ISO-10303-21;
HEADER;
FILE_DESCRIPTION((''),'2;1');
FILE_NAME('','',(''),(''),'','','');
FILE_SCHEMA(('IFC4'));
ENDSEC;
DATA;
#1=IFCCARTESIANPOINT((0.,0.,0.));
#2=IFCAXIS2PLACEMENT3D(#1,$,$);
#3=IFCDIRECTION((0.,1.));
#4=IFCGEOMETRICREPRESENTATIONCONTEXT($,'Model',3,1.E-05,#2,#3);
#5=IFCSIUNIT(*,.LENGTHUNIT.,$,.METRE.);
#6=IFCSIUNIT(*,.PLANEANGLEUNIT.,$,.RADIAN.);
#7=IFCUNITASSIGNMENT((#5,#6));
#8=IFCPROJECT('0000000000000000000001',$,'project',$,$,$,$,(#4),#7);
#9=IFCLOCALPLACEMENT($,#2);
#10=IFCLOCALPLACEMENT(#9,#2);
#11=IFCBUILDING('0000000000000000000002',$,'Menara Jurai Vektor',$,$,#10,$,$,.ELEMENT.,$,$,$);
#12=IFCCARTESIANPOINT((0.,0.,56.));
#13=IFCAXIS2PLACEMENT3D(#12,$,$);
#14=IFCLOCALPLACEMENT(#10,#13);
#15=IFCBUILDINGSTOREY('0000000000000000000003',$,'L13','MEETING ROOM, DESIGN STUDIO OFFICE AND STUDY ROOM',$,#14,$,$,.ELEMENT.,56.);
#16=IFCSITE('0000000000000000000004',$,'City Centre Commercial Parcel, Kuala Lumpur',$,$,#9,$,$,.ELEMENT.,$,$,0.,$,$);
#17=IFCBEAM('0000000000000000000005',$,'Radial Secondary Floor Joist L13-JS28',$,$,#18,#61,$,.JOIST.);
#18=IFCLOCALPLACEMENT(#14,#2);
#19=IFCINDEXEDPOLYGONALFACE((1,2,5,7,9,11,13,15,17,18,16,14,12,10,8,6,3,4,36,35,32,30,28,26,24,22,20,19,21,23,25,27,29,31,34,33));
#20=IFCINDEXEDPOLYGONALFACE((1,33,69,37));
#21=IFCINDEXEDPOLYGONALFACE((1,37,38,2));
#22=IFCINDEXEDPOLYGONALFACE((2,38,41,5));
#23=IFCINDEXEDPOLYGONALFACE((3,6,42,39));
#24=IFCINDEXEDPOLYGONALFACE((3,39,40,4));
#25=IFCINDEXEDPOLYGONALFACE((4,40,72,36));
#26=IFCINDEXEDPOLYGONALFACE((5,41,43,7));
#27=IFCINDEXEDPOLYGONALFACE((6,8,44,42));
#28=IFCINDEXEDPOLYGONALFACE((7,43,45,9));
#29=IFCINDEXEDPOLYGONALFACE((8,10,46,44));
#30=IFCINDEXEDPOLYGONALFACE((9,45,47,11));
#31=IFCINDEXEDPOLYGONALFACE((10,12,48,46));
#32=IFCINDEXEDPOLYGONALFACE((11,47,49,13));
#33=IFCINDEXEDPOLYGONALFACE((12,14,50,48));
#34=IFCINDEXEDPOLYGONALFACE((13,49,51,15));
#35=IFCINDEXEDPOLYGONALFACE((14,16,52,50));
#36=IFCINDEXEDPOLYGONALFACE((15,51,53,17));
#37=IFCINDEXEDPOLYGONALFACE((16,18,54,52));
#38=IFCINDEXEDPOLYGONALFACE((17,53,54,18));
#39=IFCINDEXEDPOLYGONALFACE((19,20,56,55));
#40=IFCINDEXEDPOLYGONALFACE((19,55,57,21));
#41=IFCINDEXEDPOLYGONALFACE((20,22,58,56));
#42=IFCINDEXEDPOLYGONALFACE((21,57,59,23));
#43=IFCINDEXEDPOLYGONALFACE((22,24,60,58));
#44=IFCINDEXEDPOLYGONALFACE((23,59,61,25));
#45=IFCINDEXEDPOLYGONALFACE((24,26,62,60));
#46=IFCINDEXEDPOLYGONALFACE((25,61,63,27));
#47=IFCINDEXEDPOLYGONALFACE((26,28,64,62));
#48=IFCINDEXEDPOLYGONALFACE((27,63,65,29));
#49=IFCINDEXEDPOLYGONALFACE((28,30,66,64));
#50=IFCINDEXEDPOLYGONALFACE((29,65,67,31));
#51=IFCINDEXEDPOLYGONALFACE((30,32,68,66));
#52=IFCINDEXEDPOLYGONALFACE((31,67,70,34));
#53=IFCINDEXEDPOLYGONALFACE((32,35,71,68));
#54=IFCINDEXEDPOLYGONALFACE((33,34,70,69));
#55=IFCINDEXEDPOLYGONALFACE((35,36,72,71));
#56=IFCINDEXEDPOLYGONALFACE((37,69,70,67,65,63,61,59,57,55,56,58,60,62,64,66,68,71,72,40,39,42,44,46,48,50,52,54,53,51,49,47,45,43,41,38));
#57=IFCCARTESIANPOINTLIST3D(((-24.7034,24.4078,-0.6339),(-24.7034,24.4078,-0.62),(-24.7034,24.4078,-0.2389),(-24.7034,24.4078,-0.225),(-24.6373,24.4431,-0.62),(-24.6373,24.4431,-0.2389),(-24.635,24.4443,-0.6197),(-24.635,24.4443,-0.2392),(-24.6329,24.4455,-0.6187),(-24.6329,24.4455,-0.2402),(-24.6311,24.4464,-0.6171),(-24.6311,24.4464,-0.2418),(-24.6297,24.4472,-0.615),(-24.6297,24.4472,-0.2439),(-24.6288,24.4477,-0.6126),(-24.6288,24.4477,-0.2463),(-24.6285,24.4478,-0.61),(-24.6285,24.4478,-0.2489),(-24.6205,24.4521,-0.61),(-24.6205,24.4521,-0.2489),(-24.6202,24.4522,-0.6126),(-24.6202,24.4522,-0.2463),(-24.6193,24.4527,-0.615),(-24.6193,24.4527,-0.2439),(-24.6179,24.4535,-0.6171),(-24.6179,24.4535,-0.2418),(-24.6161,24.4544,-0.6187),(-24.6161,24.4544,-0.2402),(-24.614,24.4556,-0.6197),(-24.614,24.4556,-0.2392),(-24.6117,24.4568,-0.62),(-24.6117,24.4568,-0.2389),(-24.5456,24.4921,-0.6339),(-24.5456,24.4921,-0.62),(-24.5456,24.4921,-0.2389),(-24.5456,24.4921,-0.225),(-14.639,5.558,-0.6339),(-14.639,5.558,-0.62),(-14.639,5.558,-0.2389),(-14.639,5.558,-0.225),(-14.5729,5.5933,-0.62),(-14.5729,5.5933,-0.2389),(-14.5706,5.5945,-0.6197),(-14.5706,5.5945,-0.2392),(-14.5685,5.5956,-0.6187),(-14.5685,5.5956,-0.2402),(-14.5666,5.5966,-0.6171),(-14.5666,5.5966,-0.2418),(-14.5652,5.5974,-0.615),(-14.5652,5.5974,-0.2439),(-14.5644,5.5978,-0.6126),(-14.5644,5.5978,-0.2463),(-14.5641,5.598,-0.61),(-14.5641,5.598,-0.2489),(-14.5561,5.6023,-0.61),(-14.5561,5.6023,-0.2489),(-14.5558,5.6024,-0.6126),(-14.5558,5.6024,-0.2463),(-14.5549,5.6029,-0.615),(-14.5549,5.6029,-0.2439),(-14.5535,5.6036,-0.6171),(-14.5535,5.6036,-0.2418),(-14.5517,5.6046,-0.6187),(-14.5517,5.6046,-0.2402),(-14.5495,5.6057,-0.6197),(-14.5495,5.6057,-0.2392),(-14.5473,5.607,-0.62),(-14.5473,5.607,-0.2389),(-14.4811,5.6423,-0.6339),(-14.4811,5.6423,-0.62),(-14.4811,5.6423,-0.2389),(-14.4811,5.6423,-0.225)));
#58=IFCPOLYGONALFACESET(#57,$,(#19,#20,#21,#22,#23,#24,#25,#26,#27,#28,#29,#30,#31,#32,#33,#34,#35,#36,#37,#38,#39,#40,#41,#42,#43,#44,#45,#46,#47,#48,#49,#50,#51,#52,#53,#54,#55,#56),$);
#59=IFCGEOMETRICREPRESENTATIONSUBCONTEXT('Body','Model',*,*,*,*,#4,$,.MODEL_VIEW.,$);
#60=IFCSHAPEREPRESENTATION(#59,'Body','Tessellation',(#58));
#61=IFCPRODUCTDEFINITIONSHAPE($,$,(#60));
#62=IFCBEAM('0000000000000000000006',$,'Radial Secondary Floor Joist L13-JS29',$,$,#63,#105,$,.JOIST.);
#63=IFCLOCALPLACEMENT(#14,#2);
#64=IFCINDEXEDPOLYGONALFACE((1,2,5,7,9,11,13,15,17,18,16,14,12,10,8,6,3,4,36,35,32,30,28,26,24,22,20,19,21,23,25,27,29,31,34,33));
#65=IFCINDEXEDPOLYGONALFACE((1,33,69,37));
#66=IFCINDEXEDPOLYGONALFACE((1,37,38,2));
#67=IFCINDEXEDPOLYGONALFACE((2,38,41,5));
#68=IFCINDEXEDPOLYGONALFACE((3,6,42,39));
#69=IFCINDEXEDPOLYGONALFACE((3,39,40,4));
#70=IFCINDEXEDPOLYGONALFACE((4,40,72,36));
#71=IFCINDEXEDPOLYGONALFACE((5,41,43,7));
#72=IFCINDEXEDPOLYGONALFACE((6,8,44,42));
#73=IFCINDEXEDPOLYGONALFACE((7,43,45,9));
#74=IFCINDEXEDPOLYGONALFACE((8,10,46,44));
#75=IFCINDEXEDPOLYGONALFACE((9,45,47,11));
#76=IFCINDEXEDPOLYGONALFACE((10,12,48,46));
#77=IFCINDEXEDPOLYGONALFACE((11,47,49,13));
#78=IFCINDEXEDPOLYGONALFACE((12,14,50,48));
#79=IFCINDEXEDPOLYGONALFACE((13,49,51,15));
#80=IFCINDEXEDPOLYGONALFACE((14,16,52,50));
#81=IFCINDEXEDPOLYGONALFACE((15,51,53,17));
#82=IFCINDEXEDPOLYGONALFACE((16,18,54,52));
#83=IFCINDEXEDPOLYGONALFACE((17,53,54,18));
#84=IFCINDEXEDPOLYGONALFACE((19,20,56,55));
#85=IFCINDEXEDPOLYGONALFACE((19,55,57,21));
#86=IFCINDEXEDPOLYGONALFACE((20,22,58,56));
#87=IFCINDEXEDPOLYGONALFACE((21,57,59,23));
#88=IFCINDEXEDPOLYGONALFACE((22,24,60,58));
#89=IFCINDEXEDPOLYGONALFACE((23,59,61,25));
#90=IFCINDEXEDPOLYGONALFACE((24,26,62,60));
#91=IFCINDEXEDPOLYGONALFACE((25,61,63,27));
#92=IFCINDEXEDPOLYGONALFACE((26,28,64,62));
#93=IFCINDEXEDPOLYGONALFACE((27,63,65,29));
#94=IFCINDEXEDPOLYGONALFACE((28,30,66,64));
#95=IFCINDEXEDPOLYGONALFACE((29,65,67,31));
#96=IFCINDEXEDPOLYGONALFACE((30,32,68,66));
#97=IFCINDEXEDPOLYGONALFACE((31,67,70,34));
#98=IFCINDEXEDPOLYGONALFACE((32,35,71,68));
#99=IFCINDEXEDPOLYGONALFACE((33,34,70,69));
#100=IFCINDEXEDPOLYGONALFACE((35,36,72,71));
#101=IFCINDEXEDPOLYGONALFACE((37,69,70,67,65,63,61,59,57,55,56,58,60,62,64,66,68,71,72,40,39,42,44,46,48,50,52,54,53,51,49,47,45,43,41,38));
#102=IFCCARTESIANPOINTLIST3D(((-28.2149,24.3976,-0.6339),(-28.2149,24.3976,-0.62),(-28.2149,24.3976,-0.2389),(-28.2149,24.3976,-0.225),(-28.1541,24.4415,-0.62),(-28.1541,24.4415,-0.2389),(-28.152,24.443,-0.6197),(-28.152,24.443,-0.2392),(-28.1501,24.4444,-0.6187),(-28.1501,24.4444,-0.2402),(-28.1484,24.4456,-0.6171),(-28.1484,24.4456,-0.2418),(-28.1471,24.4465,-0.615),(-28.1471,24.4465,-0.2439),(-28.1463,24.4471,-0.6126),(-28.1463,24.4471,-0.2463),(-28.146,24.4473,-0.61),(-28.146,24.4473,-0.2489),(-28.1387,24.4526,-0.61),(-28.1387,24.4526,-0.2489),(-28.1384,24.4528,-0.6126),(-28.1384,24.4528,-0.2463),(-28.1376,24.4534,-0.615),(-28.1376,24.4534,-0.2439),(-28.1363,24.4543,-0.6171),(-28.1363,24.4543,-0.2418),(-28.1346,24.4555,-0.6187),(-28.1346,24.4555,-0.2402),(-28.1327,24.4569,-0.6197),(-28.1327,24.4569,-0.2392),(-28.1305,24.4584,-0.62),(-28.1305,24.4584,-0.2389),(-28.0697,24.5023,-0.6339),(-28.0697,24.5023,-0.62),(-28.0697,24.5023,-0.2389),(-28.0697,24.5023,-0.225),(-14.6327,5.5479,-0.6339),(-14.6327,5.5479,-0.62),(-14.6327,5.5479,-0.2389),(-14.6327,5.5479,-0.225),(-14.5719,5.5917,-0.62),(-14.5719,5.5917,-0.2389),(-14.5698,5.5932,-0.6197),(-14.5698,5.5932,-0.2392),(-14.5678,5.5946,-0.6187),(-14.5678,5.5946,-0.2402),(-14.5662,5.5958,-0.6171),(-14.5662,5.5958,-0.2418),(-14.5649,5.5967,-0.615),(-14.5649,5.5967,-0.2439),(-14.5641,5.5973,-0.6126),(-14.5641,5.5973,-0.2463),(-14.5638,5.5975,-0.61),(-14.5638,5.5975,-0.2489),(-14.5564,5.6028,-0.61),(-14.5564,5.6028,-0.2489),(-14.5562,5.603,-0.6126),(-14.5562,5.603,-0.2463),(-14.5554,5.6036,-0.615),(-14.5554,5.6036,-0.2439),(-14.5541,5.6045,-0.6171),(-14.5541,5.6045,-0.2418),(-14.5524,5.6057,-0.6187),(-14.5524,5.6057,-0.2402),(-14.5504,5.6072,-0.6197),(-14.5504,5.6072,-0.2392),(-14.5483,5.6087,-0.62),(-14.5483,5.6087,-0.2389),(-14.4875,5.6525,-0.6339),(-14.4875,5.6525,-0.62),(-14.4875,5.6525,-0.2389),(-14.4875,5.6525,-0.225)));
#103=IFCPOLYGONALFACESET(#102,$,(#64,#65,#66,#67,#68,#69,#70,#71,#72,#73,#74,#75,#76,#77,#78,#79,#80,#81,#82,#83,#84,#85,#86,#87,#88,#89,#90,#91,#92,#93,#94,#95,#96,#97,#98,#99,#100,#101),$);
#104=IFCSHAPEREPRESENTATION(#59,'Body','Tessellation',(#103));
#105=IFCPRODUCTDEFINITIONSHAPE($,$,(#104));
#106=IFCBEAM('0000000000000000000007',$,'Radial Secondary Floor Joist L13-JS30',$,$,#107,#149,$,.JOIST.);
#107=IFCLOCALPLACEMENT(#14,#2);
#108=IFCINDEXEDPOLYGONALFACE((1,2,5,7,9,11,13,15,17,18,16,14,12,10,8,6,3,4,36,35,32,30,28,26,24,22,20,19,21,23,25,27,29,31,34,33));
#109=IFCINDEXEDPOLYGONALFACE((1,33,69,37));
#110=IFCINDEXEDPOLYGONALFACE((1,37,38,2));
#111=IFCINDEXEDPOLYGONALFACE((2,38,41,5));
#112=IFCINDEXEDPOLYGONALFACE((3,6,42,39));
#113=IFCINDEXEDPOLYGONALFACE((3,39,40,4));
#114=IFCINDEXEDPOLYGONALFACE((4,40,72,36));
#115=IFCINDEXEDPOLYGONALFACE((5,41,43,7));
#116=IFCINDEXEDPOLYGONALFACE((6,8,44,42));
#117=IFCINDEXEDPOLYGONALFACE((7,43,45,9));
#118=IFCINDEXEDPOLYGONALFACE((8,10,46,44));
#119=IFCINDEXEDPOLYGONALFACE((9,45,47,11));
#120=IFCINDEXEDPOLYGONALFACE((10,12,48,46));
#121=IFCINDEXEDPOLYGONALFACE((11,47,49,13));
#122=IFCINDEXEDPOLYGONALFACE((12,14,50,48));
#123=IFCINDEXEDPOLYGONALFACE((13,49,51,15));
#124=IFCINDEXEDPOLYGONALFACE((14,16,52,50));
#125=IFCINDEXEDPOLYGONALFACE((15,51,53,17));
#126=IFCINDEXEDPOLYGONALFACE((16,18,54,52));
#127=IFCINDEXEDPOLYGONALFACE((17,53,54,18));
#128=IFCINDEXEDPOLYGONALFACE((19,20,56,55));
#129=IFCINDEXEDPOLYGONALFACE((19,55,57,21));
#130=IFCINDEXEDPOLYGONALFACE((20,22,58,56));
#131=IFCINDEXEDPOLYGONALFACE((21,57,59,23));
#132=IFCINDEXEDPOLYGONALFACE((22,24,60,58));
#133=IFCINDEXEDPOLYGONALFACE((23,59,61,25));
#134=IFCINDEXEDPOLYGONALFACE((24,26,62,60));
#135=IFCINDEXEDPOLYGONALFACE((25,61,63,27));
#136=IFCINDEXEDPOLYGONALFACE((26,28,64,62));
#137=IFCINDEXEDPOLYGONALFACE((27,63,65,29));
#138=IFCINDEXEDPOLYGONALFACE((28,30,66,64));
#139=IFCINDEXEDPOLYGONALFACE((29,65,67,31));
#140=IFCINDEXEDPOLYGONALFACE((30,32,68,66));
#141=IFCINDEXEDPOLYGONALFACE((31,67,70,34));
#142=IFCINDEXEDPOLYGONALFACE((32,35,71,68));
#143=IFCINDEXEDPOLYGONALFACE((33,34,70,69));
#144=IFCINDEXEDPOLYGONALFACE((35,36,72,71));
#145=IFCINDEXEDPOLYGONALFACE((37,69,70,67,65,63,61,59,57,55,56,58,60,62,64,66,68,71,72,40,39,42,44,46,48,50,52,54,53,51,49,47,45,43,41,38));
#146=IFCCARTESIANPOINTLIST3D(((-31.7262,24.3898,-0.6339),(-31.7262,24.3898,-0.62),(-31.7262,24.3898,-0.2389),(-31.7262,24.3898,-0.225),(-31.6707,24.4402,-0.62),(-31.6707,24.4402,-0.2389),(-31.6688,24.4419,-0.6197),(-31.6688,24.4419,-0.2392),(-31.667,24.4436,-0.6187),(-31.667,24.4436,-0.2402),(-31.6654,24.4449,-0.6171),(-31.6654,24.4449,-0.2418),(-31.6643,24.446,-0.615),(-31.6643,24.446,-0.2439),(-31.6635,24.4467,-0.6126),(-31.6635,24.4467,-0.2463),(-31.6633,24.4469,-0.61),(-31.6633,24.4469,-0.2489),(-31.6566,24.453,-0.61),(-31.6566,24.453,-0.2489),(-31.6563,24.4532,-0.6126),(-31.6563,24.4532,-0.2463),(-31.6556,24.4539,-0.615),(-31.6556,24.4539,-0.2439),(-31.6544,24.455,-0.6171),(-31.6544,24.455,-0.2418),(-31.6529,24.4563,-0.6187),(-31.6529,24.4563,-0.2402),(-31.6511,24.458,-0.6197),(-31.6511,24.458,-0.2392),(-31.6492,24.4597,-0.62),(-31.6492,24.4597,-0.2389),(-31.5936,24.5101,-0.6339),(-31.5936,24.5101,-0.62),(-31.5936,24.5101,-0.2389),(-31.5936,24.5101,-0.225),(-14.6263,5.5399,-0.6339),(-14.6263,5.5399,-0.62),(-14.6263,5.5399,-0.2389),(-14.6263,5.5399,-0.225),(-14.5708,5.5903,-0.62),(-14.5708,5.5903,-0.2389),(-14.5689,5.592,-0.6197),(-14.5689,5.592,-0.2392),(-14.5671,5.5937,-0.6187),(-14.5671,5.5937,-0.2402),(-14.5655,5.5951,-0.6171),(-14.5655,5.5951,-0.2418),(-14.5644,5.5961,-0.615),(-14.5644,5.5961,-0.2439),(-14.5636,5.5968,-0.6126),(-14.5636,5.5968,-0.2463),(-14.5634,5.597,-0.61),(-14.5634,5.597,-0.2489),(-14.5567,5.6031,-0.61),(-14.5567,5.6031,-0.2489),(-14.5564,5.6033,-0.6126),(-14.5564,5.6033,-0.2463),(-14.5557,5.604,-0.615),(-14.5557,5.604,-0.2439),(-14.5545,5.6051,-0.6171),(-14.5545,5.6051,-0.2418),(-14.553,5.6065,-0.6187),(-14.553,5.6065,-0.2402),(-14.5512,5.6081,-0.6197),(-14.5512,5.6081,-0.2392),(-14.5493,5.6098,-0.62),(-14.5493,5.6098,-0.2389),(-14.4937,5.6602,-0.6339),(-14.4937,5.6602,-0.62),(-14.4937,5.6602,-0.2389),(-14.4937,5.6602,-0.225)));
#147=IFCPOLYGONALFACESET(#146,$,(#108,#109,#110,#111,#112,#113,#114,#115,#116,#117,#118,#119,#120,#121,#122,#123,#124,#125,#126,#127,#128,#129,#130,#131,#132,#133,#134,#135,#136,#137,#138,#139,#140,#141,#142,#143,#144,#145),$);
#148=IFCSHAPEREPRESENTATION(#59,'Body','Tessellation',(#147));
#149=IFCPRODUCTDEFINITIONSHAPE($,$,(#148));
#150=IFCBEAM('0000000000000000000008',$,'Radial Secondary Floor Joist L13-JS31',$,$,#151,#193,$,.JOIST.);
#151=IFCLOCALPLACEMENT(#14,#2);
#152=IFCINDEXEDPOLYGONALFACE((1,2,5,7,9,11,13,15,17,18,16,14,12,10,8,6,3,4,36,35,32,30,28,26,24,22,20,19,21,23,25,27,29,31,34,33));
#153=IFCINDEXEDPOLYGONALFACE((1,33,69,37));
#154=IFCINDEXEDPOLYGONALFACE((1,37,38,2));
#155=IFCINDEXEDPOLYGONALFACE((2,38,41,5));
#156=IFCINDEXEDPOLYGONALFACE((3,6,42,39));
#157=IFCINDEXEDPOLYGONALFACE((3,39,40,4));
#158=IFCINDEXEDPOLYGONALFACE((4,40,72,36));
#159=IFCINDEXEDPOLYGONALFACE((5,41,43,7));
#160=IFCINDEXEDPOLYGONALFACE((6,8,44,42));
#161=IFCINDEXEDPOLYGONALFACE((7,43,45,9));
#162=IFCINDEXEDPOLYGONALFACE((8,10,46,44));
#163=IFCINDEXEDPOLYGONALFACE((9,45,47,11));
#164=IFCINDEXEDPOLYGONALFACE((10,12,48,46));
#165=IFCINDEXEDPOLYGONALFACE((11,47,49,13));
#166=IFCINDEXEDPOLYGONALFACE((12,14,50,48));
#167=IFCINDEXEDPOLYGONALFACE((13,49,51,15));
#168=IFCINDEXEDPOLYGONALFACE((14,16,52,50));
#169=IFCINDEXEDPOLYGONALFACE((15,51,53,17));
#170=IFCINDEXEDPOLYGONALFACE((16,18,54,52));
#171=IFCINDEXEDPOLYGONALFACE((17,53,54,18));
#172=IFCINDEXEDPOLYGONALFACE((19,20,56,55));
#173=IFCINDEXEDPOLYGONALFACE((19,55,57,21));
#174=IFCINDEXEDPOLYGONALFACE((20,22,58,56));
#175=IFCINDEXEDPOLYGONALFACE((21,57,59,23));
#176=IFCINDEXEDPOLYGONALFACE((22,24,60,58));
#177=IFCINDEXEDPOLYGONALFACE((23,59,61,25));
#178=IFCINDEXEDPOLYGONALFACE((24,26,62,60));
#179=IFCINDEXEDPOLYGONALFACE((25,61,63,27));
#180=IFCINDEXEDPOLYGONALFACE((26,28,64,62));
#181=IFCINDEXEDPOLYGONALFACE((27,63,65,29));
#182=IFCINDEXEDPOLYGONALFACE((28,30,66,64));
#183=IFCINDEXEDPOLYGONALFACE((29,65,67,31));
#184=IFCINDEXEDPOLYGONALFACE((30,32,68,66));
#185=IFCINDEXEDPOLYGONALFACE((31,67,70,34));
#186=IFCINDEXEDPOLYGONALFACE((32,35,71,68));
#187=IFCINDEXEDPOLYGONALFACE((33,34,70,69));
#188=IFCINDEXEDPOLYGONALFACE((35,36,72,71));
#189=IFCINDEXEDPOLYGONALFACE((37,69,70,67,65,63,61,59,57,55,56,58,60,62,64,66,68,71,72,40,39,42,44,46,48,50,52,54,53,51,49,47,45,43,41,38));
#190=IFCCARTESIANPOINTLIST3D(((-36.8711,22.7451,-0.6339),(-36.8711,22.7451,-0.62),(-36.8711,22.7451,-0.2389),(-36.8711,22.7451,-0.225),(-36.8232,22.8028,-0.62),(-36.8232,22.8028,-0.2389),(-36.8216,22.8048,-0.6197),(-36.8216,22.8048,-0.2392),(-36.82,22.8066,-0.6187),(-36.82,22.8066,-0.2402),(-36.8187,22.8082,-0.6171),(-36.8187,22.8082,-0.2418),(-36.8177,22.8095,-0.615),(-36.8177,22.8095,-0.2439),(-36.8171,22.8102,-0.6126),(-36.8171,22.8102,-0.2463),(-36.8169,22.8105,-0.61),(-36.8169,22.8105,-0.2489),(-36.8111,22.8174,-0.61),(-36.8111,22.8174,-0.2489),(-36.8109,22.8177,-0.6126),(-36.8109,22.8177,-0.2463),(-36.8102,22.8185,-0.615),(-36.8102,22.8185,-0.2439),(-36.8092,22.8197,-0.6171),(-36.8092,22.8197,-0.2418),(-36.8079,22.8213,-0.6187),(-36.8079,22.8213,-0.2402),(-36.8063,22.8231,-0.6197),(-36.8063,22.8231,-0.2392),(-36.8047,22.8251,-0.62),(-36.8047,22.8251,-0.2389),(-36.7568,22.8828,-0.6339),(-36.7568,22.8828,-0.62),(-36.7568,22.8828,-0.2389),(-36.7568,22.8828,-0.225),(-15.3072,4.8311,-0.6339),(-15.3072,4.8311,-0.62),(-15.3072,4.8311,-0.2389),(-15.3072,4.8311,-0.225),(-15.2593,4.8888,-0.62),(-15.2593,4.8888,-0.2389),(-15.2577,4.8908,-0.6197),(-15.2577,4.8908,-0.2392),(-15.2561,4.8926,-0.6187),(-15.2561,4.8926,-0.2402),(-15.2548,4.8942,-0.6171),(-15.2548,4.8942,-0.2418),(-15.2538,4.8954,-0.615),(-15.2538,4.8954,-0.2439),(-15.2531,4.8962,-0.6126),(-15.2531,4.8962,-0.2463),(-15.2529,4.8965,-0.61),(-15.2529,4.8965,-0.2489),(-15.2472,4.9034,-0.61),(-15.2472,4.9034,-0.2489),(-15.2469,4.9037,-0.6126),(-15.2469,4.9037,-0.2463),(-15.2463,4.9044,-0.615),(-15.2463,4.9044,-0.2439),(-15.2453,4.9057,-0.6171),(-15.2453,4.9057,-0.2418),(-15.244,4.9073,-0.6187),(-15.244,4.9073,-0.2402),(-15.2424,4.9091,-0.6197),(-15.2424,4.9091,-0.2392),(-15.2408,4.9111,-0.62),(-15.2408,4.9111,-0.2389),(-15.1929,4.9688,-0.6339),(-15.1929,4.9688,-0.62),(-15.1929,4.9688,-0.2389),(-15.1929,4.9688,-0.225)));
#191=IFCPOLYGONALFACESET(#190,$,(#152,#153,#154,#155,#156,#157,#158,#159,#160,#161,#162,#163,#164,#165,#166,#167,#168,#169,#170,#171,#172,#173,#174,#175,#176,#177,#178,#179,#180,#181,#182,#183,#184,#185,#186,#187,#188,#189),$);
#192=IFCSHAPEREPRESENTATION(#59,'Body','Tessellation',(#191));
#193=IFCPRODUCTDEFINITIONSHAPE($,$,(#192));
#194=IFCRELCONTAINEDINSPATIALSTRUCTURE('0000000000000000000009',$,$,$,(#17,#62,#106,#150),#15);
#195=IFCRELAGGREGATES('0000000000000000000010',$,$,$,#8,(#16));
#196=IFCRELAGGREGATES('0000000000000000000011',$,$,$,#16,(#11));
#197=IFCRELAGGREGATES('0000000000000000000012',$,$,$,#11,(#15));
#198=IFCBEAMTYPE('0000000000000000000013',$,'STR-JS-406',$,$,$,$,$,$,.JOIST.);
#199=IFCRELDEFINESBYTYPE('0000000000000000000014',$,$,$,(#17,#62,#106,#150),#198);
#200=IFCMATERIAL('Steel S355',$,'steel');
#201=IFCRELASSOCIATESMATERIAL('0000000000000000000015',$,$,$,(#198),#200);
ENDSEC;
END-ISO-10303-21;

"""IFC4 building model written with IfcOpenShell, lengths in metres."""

from ifc_helpers import new_model, si_unit, direction, frame, origin, origin_2d, place, context, subcontext, project, spatial, i_section, extrude, material, material_profile, profile_set, type_object, element, save


model = new_model("IFC4")

# Units and contexts
model_context = context("Model", 3, precision=1e-05, world=origin(), true_north=direction((0.0, 1.0)))
body_context = subcontext(model_context, "Body", "Model", "MODEL_VIEW")
ifc_project = project(units=[si_unit("LENGTHUNIT", "METRE"), si_unit("PLANEANGLEUNIT", "RADIAN")], contexts=[model_context])

# Site, building, storey
site_placement = place(None, origin())
site = spatial("IfcSite", under=ifc_project, at=site_placement, Name="City Centre Commercial Parcel, Kuala Lumpur", CompositionType="ELEMENT", RefElevation=0.0)
building_placement = place(site_placement, origin())
building = spatial("IfcBuilding", under=site, at=building_placement, Name="Menara Jurai Vektor", CompositionType="ELEMENT")
storey_placement = place(building_placement, frame((0.0, 0.0, 56.0)))
storey = spatial("IfcBuildingStorey", under=building, at=storey_placement, Name="L13", Description="MEETING ROOM, DESIGN STUDIO OFFICE AND STUDY ROOM", CompositionType="ELEMENT", Elevation=56.0)

# Shared definitions
ifc_material_1 = material(Name="Steel S355", Category="steel")

# Beams
ifc_material_profile_1 = material_profile(ifc_material_1, i_section(OverallWidth=0.179, OverallDepth=0.4089, WebThickness=0.009, FlangeThickness=0.0139, FilletRadius=0.01, at=origin_2d()), Name="UKB 406x178x67")
ifc_profile_set_1 = profile_set([ifc_material_profile_1], Name="Steel S355")
beam_type_1 = type_object("IfcBeamType", Name="STR-JS-406", PredefinedType="JOIST", material=ifc_profile_set_1)
beam_1_placement = place(storey_placement, frame((-24.6245, 24.45, -0.4294), z_axis=(0.470996, -0.882135, 0.0), x_axis=(0.882135, 0.470996, 0.0)))
element("IfcBeam", 1, at=beam_1_placement, inside=storey, type_object=beam_type_1, Name="Radial Secondary Floor Joist L13-JS28", PredefinedType="JOIST", context=body_context, shape_type="SweptSolid", body=[
    extrude(i_section(OverallWidth=0.179, OverallDepth=0.4089, WebThickness=0.009, FlangeThickness=0.0139, FilletRadius=0.01, at=origin_2d()), origin(), (0.0, 0.0, 1.0), 21.3684),
])
beam_2_placement = place(storey_placement, frame((-28.1423, 24.45, -0.4294), z_axis=(0.584599, -0.811322, 0.0), x_axis=(0.811322, 0.584599, 0.0)))
element("IfcBeam", 2, at=beam_2_placement, inside=storey, type_object=beam_type_1, Name="Radial Secondary Floor Joist L13-JS29", PredefinedType="JOIST", context=body_context, shape_type="SweptSolid", body=[
    extrude(i_section(OverallWidth=0.179, OverallDepth=0.4089, WebThickness=0.009, FlangeThickness=0.0139, FilletRadius=0.01, at=origin_2d()), origin(), (0.0, 0.0, 1.0), 23.2334),
])
beam_3_placement = place(storey_placement, frame((-31.6599, 24.45, -0.4294), z_axis=(0.67189, -0.740651, 0.0), x_axis=(0.740651, 0.67189, 0.0)))
element("IfcBeam", 3, at=beam_3_placement, inside=storey, type_object=beam_type_1, Name="Radial Secondary Floor Joist L13-JS30", PredefinedType="JOIST", context=body_context, shape_type="SweptSolid", body=[
    extrude(i_section(OverallWidth=0.179, OverallDepth=0.4089, WebThickness=0.009, FlangeThickness=0.0139, FilletRadius=0.01, at=origin_2d()), origin(), (0.0, 0.0, 1.0), 25.4504),
])
beam_4_placement = place(storey_placement, frame((-36.814, 22.814, -0.4294), z_axis=(0.769201, -0.639007, 0.0), x_axis=(0.639007, 0.769201, 0.0)))
element("IfcBeam", 4, at=beam_4_placement, inside=storey, type_object=beam_type_1, Name="Radial Secondary Floor Joist L13-JS31", PredefinedType="JOIST", context=body_context, shape_type="SweptSolid", body=[
    extrude(i_section(OverallWidth=0.179, OverallDepth=0.4089, WebThickness=0.009, FlangeThickness=0.0139, FilletRadius=0.01, at=origin_2d()), origin(), (0.0, 0.0, 1.0), 28.0342),
])

save(model, "model.ifc")
